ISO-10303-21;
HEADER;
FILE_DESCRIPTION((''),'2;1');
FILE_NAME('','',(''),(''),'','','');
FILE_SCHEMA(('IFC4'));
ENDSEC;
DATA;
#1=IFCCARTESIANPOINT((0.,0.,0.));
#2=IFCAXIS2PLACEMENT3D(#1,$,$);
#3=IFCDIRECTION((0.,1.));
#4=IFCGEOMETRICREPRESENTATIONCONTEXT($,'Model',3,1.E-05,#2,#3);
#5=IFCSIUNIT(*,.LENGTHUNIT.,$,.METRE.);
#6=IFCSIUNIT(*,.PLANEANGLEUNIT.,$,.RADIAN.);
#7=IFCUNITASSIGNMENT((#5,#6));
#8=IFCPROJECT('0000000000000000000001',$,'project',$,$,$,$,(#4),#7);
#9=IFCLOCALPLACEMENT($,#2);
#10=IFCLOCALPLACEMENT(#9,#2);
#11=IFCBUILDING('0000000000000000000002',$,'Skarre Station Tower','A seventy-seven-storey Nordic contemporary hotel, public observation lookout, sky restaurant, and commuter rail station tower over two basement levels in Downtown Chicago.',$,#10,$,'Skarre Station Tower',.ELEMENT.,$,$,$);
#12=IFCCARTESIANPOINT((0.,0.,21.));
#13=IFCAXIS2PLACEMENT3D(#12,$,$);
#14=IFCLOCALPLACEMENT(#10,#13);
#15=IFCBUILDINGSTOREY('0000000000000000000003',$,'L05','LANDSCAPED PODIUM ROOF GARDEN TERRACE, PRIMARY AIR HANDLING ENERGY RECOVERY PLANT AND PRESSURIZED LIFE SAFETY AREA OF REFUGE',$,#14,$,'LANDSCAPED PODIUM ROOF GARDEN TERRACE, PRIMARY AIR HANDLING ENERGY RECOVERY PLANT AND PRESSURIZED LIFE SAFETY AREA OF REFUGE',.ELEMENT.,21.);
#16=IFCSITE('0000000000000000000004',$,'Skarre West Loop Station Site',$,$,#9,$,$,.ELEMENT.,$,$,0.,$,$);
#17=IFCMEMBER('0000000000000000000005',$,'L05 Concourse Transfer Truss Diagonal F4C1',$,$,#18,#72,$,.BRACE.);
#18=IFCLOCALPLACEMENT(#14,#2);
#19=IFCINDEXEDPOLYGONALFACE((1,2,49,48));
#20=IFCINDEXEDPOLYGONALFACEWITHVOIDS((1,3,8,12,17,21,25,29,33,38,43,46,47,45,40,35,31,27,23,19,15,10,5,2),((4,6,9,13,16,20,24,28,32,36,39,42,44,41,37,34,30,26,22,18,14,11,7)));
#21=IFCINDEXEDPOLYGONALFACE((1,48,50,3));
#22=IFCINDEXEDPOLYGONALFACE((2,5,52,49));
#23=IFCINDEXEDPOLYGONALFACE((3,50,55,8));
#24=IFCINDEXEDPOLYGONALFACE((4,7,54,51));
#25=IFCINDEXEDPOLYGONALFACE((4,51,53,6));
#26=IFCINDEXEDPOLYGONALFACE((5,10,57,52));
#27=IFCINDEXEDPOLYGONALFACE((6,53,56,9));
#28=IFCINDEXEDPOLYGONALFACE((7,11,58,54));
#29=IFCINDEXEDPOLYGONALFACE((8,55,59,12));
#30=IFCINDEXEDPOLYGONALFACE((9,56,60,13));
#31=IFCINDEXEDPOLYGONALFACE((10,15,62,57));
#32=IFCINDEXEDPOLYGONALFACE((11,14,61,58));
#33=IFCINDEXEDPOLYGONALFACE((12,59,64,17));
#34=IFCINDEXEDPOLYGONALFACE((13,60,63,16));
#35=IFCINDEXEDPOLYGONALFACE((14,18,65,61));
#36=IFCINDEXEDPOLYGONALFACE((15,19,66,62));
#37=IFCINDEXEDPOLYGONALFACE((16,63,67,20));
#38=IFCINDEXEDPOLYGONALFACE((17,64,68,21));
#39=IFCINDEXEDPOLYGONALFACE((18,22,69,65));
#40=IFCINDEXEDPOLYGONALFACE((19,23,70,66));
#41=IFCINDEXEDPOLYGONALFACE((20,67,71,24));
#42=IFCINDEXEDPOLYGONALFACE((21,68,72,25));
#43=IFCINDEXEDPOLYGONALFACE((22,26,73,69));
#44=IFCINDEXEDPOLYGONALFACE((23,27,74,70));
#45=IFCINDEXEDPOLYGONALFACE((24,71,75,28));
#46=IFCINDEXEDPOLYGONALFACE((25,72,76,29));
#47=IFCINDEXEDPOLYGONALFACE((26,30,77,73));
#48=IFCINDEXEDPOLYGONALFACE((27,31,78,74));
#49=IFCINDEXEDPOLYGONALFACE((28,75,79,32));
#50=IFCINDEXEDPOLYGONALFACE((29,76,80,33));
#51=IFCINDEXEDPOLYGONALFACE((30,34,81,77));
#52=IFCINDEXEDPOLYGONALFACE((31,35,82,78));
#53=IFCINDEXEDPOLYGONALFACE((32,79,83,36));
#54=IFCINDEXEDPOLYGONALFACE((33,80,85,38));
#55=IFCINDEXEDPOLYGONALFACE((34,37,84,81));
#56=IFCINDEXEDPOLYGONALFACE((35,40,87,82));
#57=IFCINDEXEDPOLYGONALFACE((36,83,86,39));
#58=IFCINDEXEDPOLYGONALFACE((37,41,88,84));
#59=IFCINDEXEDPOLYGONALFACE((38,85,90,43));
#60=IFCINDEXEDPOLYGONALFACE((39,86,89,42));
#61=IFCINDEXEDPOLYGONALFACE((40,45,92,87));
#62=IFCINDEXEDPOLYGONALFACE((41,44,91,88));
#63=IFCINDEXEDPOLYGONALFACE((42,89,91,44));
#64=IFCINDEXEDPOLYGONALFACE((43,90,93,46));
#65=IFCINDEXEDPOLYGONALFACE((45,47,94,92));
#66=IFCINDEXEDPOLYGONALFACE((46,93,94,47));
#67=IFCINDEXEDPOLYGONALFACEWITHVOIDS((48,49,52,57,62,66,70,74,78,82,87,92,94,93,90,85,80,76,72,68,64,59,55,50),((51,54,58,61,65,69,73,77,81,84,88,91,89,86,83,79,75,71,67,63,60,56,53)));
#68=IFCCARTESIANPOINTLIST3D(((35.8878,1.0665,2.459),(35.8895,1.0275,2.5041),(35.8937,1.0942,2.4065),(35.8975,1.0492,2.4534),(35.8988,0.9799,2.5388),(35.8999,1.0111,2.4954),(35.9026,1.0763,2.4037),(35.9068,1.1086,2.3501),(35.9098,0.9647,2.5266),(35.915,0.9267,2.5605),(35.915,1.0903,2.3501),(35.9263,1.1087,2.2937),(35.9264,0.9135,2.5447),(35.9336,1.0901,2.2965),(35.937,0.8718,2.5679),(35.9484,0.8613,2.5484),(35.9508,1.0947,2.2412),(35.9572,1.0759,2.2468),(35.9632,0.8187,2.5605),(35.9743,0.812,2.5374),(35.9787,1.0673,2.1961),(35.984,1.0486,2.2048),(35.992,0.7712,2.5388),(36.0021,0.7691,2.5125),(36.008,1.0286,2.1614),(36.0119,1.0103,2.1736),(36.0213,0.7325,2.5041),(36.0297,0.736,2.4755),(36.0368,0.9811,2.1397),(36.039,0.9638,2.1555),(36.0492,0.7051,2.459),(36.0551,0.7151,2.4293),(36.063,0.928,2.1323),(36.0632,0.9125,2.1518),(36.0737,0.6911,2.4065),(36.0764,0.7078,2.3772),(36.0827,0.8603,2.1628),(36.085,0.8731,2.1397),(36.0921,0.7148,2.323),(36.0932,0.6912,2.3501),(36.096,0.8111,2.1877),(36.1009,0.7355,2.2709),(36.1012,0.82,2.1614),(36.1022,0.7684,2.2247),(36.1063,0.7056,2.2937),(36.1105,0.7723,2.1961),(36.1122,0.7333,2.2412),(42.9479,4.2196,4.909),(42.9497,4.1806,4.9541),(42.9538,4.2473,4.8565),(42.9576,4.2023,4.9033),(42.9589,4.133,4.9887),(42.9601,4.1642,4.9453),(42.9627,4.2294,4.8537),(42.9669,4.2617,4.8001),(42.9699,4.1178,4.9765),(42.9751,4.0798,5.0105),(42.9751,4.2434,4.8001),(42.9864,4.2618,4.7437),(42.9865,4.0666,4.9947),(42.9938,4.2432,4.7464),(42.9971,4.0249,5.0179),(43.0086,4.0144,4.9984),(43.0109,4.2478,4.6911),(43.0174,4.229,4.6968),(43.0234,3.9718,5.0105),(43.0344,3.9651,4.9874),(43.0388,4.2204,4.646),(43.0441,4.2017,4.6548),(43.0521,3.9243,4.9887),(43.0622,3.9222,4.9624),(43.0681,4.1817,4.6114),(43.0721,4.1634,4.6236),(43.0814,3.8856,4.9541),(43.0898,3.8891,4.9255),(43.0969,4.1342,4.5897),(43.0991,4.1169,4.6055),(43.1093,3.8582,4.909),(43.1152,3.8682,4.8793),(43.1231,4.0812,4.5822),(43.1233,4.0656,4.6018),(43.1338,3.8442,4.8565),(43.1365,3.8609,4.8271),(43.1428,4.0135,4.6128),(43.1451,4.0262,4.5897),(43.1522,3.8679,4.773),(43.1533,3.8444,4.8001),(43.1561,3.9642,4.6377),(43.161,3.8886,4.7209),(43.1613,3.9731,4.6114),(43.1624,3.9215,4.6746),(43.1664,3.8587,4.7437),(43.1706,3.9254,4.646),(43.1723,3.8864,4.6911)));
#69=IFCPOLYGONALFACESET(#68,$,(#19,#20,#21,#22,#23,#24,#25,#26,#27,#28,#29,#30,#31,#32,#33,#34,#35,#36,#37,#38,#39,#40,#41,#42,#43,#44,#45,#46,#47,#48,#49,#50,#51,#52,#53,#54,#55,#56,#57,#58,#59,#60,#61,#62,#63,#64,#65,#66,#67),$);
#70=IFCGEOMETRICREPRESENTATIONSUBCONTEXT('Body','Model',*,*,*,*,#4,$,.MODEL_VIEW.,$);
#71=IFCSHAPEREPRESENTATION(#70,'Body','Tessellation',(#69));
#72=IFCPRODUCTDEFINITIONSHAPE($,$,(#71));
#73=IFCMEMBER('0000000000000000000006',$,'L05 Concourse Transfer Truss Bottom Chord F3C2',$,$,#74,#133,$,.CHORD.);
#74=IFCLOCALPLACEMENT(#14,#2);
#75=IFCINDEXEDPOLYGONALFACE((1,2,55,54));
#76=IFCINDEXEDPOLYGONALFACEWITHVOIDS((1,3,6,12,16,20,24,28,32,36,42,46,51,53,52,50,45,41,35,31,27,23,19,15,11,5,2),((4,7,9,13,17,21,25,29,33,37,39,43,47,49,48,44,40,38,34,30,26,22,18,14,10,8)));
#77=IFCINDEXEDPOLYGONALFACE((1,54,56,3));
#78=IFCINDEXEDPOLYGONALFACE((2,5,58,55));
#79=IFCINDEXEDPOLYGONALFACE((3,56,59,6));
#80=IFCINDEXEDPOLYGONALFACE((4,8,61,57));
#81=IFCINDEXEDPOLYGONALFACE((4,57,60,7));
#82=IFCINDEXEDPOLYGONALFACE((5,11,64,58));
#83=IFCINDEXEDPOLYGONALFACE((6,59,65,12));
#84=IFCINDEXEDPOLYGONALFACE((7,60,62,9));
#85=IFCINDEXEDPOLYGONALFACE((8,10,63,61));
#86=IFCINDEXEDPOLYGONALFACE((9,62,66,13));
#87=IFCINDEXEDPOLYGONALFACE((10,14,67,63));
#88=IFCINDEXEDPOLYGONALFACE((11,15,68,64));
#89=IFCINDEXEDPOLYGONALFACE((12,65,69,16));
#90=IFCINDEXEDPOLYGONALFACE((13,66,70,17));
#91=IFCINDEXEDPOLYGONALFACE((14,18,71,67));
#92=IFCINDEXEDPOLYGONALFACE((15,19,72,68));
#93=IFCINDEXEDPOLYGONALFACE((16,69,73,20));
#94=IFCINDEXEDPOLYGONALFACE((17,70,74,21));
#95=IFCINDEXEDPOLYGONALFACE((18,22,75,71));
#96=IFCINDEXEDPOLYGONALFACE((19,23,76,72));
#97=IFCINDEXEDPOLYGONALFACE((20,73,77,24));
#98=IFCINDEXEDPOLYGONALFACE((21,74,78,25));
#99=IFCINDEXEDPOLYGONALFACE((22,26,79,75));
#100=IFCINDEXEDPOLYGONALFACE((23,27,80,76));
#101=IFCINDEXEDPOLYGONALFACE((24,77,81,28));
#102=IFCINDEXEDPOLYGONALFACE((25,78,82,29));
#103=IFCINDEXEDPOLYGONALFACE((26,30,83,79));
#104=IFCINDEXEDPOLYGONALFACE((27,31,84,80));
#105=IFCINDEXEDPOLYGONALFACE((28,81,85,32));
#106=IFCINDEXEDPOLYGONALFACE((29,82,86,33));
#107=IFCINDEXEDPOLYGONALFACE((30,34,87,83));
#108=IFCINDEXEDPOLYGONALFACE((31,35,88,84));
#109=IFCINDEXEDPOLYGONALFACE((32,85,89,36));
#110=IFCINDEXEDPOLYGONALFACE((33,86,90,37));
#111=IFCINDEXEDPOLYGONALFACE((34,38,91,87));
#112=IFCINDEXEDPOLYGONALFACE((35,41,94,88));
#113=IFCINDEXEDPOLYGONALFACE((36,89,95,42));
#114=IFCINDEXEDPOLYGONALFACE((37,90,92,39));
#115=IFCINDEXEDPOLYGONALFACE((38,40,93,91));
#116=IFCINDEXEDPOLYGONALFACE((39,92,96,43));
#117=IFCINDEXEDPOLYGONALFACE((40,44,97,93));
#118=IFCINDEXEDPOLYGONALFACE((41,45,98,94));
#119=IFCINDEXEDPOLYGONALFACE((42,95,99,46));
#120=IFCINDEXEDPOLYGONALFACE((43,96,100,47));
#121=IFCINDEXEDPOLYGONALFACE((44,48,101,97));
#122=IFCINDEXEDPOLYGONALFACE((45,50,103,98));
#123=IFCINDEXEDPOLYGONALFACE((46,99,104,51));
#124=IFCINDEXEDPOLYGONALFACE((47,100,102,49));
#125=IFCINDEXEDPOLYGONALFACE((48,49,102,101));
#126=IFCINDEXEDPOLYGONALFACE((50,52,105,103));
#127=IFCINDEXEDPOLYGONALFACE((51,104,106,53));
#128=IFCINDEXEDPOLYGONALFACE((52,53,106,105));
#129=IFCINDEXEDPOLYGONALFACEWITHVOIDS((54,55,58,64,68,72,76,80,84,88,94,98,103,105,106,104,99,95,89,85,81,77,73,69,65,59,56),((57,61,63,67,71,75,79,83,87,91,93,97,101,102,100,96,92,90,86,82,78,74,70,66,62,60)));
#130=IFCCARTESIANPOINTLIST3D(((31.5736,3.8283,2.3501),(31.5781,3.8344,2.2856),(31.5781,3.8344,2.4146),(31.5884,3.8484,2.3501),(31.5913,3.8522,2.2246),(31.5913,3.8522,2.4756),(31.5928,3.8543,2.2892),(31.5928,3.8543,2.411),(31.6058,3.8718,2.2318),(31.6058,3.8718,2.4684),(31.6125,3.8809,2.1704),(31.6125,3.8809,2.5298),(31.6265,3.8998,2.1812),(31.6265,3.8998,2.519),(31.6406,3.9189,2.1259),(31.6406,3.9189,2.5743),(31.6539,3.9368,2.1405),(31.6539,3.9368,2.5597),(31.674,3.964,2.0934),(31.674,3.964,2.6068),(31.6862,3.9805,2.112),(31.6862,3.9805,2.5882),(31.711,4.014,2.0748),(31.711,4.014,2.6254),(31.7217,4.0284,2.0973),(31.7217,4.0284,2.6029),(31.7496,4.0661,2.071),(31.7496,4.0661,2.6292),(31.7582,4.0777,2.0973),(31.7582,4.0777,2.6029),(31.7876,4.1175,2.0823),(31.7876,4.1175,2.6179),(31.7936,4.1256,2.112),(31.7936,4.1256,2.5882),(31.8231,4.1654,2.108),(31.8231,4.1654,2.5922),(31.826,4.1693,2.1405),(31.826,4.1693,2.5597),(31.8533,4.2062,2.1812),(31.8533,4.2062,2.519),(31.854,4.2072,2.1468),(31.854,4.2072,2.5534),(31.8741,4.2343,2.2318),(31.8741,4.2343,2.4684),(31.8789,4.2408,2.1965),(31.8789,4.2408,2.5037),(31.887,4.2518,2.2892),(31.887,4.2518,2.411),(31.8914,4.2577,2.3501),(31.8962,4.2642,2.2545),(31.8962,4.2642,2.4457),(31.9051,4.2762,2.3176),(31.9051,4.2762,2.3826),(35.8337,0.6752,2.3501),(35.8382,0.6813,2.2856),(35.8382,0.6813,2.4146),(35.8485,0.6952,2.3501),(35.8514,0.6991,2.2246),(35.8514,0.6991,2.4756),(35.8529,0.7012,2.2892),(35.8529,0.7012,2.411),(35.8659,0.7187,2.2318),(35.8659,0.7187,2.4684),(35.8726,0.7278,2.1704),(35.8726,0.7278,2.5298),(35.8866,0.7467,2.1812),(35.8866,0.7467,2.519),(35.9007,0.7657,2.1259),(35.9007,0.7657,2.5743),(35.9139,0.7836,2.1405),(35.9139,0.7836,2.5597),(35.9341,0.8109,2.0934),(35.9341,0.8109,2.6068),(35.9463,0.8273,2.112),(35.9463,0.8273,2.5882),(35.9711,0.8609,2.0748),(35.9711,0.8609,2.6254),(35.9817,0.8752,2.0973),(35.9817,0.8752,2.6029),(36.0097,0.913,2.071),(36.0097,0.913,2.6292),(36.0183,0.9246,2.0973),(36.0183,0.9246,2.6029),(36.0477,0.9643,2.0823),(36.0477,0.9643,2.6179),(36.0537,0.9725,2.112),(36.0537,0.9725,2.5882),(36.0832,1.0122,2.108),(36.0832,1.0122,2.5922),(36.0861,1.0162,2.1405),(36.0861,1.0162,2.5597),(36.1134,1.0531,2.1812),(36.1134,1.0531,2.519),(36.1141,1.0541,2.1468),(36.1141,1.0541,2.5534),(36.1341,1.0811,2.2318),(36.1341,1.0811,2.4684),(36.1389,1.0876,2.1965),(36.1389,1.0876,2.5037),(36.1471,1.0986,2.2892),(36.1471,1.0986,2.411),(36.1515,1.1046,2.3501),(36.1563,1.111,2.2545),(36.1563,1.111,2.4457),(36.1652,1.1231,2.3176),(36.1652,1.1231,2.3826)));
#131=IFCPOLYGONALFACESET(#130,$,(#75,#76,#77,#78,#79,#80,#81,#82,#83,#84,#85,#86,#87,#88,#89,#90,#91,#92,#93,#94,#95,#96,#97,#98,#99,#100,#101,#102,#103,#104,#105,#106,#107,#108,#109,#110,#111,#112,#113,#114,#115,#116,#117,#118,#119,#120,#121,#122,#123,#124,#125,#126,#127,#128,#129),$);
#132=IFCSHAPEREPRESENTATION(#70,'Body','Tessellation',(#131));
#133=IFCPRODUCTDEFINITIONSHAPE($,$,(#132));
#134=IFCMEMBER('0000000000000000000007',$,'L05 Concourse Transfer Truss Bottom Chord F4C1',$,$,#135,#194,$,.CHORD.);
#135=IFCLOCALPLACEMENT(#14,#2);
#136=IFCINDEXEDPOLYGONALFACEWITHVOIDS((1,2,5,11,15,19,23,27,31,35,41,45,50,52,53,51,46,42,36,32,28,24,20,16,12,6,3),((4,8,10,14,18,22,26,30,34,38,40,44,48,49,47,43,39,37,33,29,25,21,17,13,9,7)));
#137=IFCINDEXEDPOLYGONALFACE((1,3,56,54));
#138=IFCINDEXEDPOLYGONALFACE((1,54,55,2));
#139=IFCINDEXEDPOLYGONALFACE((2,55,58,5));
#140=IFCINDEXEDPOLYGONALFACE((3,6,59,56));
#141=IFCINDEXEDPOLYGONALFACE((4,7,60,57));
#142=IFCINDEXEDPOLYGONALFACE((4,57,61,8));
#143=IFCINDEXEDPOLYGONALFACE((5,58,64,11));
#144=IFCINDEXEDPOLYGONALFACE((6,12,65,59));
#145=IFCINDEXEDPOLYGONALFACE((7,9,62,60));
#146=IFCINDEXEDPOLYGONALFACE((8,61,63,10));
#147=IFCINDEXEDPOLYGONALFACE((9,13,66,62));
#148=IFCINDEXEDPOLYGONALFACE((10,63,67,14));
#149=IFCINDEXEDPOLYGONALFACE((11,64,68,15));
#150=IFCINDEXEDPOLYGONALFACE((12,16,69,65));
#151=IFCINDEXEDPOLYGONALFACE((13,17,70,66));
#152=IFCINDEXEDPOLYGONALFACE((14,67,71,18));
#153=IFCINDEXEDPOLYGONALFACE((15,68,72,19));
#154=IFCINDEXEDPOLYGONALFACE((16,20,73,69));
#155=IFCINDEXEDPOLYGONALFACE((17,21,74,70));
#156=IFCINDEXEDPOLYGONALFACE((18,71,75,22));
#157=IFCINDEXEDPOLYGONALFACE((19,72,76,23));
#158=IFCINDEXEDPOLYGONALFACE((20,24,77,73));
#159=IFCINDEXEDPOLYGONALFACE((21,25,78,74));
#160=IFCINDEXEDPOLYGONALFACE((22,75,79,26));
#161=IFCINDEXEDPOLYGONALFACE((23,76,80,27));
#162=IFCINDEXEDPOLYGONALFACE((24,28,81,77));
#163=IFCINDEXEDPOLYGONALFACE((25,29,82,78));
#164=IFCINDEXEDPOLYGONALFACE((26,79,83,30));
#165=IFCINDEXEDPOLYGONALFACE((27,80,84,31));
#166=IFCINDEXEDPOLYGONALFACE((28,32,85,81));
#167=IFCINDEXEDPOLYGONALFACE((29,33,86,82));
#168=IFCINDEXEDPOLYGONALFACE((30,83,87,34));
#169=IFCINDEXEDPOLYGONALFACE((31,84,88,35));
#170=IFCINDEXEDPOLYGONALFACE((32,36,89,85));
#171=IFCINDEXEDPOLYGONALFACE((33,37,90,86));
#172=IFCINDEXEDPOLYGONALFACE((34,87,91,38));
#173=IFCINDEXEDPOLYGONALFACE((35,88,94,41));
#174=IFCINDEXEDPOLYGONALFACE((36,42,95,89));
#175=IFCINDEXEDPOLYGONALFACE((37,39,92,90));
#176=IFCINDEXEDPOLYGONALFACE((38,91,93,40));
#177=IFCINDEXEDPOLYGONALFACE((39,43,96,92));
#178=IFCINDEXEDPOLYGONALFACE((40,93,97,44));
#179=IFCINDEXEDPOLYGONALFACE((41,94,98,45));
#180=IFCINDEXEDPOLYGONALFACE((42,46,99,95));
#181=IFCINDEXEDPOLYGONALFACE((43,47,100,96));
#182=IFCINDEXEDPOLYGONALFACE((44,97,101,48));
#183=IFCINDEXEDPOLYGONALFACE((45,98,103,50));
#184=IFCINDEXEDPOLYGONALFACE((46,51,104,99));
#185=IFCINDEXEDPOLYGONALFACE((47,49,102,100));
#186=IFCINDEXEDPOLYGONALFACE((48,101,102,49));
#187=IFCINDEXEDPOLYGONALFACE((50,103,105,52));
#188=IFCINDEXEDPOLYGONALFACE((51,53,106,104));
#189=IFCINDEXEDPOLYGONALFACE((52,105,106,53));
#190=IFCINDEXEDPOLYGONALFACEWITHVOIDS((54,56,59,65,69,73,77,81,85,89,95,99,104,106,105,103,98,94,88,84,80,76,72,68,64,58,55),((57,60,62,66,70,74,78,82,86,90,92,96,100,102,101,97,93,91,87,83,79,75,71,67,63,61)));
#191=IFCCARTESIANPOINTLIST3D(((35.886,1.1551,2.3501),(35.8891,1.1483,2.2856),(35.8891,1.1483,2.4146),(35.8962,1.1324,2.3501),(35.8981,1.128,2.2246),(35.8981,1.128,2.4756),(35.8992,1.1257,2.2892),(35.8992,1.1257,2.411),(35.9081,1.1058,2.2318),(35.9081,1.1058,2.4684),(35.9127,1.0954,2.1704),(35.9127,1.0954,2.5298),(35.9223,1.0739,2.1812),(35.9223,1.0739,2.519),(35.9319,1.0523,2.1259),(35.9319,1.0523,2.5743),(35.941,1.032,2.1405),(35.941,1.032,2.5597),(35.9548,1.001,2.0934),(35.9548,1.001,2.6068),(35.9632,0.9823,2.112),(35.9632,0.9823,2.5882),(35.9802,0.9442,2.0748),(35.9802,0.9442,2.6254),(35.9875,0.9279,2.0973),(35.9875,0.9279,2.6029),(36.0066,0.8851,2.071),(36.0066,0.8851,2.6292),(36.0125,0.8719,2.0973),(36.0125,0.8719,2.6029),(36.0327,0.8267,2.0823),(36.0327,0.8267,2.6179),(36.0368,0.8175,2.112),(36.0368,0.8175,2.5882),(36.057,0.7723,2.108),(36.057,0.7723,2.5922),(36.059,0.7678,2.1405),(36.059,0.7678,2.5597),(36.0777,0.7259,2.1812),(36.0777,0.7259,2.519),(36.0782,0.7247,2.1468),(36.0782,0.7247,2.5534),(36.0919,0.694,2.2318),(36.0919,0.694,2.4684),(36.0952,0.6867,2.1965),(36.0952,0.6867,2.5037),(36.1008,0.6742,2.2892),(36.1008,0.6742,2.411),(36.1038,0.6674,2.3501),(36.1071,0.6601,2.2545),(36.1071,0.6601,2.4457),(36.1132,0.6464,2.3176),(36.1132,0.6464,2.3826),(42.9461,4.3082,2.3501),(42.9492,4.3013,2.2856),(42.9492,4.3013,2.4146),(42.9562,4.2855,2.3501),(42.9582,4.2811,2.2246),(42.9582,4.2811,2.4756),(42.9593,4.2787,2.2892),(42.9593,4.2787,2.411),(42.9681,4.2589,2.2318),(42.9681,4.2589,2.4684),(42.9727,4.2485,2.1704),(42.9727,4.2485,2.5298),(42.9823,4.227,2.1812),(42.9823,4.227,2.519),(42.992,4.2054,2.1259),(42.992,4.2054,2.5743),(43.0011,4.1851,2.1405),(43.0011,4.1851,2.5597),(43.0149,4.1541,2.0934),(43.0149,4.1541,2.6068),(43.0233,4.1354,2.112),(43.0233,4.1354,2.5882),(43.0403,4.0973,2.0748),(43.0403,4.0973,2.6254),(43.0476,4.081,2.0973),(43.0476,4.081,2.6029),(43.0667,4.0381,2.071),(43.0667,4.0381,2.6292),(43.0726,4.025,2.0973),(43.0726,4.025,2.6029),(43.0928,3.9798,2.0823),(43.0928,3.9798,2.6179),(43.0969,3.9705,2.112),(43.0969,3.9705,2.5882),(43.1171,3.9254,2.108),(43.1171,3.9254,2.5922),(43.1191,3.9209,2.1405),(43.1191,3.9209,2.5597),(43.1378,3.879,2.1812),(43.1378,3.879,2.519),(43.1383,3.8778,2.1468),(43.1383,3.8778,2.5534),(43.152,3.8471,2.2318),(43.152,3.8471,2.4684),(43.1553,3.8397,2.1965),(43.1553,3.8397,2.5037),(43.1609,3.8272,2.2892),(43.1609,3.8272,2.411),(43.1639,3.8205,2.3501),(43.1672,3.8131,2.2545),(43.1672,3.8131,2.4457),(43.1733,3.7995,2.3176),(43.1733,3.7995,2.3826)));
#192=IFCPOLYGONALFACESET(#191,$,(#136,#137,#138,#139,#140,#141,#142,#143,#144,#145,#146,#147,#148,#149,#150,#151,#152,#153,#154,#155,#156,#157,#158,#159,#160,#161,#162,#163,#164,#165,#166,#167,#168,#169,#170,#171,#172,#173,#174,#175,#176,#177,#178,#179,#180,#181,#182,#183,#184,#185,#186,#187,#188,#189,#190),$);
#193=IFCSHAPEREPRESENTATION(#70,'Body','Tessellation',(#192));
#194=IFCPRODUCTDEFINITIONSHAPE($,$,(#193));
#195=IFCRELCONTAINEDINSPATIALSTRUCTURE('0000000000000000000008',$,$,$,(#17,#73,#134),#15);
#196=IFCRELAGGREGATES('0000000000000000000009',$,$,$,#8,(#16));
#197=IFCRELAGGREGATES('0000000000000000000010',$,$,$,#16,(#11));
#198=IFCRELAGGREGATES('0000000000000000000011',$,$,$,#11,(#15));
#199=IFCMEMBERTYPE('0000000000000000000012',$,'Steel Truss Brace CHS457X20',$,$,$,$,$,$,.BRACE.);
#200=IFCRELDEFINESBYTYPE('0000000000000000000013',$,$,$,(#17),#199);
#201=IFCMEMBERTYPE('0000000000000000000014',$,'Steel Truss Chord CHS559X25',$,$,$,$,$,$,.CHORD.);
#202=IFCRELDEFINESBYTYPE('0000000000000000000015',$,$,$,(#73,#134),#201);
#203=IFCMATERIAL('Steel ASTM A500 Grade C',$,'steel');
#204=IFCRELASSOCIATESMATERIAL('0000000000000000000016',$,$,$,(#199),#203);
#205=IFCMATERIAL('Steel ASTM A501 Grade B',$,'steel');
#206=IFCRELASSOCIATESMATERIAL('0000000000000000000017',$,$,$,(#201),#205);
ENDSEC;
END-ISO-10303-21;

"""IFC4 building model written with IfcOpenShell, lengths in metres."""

from ifc_helpers import new_model, si_unit, direction, frame, origin, origin_2d, place, context, subcontext, project, spatial, hollow_circle, extrude, material, material_profile, profile_set, type_object, element, save


model = new_model("IFC4")

# Units and contexts
model_context = context("Model", 3, precision=1e-05, world=origin(), true_north=direction((0.0, 1.0)))
body_context = subcontext(model_context, "Body", "Model", "MODEL_VIEW")
ifc_project = project(units=[si_unit("LENGTHUNIT", "METRE"), si_unit("PLANEANGLEUNIT", "RADIAN")], contexts=[model_context])

# Site, building, storey
site_placement = place(None, origin())
site = spatial("IfcSite", under=ifc_project, at=site_placement, Name="Skarre West Loop Station Site", CompositionType="ELEMENT", RefElevation=0.0)
building_placement = place(site_placement, origin())
building = spatial("IfcBuilding", under=site, at=building_placement, Name="Skarre Station Tower", Description="A seventy-seven-storey Nordic contemporary hotel, public observation lookout, sky restaurant, and commuter rail station tower over two basement levels in Downtown Chicago.", LongName="Skarre Station Tower", CompositionType="ELEMENT")
storey_placement = place(building_placement, frame((0.0, 0.0, 21.0)))
storey = spatial("IfcBuildingStorey", under=building, at=storey_placement, Name="L05", Description="LANDSCAPED PODIUM ROOF GARDEN TERRACE, PRIMARY AIR HANDLING ENERGY RECOVERY PLANT AND PRESSURIZED LIFE SAFETY AREA OF REFUGE", LongName="LANDSCAPED PODIUM ROOF GARDEN TERRACE, PRIMARY AIR HANDLING ENERGY RECOVERY PLANT AND PRESSURIZED LIFE SAFETY AREA OF REFUGE", CompositionType="ELEMENT", Elevation=21.0)

# Shared definitions
ifc_material_1 = material(Name="Steel ASTM A500 Grade C", Category="steel")

# Members
ifc_material_profile_1 = material_profile(ifc_material_1, hollow_circle(Radius=0.2285, WallThickness=0.02, at=origin_2d()), Name="Steel ASTM A500 Grade C")
ifc_profile_set_1 = profile_set([ifc_material_profile_1], Name="Steel ASTM A500 Grade C")
member_type_1 = type_object("IfcMemberType", Name="Steel Truss Brace CHS457X20", PredefinedType="BRACE", material=ifc_profile_set_1)
member_1_placement = place(storey_placement, frame((36.0, 0.8999, 2.3501), z_axis=(0.870428, 0.38874, 0.302052), x_axis=(-0.407787, 0.913077, 0.0)))
element("IfcMember", 1, at=member_1_placement, inside=storey, type_object=member_type_1, Name="L05 Concourse Transfer Truss Diagonal F4C1", PredefinedType="BRACE", context=body_context, shape_type="SweptSolid", body=[
    extrude(hollow_circle(Radius=0.2285, WallThickness=0.02, at=origin_2d()), origin(), (0.0, 0.0, 1.0), 8.1111),
])
ifc_material_2 = material(Name="Steel ASTM A501 Grade B", Category="steel")
ifc_material_profile_2 = material_profile(ifc_material_2, hollow_circle(Radius=0.2795, WallThickness=0.0249, at=origin_2d()), Name="Steel ASTM A501 Grade B")
ifc_profile_set_2 = profile_set([ifc_material_profile_2], Name="Steel ASTM A501 Grade B")
member_type_2 = type_object("IfcMemberType", Name="Steel Truss Chord CHS559X25", PredefinedType="CHORD", material=ifc_profile_set_2)
member_2_placement = place(storey_placement, frame((36.0, 0.8999, 2.3501), z_axis=(-0.803782, 0.594925, 0.0), x_axis=(-0.594925, -0.803782, 0.0)))
element("IfcMember", 2, at=member_2_placement, inside=storey, type_object=member_type_2, Name="L05 Concourse Transfer Truss Bottom Chord F3C2", PredefinedType="CHORD", context=body_context, shape_type="SweptSolid", body=[
    extrude(hollow_circle(Radius=0.2795, WallThickness=0.0249, at=origin_2d()), origin(), (0.0, 0.0, 1.0), 5.3),
])
member_3_placement = place(storey_placement, frame((36.0, 0.8999, 2.3501), z_axis=(0.913077, 0.407787, 0.0), x_axis=(-0.407787, 0.913077, 0.0)))
element("IfcMember", 3, at=member_3_placement, inside=storey, type_object=member_type_2, Name="L05 Concourse Transfer Truss Bottom Chord F4C1", PredefinedType="CHORD", context=body_context, shape_type="SweptSolid", body=[
    extrude(hollow_circle(Radius=0.2795, WallThickness=0.0249, at=origin_2d()), origin(), (0.0, 0.0, 1.0), 7.7322),
])

save(model, "model.ifc")
